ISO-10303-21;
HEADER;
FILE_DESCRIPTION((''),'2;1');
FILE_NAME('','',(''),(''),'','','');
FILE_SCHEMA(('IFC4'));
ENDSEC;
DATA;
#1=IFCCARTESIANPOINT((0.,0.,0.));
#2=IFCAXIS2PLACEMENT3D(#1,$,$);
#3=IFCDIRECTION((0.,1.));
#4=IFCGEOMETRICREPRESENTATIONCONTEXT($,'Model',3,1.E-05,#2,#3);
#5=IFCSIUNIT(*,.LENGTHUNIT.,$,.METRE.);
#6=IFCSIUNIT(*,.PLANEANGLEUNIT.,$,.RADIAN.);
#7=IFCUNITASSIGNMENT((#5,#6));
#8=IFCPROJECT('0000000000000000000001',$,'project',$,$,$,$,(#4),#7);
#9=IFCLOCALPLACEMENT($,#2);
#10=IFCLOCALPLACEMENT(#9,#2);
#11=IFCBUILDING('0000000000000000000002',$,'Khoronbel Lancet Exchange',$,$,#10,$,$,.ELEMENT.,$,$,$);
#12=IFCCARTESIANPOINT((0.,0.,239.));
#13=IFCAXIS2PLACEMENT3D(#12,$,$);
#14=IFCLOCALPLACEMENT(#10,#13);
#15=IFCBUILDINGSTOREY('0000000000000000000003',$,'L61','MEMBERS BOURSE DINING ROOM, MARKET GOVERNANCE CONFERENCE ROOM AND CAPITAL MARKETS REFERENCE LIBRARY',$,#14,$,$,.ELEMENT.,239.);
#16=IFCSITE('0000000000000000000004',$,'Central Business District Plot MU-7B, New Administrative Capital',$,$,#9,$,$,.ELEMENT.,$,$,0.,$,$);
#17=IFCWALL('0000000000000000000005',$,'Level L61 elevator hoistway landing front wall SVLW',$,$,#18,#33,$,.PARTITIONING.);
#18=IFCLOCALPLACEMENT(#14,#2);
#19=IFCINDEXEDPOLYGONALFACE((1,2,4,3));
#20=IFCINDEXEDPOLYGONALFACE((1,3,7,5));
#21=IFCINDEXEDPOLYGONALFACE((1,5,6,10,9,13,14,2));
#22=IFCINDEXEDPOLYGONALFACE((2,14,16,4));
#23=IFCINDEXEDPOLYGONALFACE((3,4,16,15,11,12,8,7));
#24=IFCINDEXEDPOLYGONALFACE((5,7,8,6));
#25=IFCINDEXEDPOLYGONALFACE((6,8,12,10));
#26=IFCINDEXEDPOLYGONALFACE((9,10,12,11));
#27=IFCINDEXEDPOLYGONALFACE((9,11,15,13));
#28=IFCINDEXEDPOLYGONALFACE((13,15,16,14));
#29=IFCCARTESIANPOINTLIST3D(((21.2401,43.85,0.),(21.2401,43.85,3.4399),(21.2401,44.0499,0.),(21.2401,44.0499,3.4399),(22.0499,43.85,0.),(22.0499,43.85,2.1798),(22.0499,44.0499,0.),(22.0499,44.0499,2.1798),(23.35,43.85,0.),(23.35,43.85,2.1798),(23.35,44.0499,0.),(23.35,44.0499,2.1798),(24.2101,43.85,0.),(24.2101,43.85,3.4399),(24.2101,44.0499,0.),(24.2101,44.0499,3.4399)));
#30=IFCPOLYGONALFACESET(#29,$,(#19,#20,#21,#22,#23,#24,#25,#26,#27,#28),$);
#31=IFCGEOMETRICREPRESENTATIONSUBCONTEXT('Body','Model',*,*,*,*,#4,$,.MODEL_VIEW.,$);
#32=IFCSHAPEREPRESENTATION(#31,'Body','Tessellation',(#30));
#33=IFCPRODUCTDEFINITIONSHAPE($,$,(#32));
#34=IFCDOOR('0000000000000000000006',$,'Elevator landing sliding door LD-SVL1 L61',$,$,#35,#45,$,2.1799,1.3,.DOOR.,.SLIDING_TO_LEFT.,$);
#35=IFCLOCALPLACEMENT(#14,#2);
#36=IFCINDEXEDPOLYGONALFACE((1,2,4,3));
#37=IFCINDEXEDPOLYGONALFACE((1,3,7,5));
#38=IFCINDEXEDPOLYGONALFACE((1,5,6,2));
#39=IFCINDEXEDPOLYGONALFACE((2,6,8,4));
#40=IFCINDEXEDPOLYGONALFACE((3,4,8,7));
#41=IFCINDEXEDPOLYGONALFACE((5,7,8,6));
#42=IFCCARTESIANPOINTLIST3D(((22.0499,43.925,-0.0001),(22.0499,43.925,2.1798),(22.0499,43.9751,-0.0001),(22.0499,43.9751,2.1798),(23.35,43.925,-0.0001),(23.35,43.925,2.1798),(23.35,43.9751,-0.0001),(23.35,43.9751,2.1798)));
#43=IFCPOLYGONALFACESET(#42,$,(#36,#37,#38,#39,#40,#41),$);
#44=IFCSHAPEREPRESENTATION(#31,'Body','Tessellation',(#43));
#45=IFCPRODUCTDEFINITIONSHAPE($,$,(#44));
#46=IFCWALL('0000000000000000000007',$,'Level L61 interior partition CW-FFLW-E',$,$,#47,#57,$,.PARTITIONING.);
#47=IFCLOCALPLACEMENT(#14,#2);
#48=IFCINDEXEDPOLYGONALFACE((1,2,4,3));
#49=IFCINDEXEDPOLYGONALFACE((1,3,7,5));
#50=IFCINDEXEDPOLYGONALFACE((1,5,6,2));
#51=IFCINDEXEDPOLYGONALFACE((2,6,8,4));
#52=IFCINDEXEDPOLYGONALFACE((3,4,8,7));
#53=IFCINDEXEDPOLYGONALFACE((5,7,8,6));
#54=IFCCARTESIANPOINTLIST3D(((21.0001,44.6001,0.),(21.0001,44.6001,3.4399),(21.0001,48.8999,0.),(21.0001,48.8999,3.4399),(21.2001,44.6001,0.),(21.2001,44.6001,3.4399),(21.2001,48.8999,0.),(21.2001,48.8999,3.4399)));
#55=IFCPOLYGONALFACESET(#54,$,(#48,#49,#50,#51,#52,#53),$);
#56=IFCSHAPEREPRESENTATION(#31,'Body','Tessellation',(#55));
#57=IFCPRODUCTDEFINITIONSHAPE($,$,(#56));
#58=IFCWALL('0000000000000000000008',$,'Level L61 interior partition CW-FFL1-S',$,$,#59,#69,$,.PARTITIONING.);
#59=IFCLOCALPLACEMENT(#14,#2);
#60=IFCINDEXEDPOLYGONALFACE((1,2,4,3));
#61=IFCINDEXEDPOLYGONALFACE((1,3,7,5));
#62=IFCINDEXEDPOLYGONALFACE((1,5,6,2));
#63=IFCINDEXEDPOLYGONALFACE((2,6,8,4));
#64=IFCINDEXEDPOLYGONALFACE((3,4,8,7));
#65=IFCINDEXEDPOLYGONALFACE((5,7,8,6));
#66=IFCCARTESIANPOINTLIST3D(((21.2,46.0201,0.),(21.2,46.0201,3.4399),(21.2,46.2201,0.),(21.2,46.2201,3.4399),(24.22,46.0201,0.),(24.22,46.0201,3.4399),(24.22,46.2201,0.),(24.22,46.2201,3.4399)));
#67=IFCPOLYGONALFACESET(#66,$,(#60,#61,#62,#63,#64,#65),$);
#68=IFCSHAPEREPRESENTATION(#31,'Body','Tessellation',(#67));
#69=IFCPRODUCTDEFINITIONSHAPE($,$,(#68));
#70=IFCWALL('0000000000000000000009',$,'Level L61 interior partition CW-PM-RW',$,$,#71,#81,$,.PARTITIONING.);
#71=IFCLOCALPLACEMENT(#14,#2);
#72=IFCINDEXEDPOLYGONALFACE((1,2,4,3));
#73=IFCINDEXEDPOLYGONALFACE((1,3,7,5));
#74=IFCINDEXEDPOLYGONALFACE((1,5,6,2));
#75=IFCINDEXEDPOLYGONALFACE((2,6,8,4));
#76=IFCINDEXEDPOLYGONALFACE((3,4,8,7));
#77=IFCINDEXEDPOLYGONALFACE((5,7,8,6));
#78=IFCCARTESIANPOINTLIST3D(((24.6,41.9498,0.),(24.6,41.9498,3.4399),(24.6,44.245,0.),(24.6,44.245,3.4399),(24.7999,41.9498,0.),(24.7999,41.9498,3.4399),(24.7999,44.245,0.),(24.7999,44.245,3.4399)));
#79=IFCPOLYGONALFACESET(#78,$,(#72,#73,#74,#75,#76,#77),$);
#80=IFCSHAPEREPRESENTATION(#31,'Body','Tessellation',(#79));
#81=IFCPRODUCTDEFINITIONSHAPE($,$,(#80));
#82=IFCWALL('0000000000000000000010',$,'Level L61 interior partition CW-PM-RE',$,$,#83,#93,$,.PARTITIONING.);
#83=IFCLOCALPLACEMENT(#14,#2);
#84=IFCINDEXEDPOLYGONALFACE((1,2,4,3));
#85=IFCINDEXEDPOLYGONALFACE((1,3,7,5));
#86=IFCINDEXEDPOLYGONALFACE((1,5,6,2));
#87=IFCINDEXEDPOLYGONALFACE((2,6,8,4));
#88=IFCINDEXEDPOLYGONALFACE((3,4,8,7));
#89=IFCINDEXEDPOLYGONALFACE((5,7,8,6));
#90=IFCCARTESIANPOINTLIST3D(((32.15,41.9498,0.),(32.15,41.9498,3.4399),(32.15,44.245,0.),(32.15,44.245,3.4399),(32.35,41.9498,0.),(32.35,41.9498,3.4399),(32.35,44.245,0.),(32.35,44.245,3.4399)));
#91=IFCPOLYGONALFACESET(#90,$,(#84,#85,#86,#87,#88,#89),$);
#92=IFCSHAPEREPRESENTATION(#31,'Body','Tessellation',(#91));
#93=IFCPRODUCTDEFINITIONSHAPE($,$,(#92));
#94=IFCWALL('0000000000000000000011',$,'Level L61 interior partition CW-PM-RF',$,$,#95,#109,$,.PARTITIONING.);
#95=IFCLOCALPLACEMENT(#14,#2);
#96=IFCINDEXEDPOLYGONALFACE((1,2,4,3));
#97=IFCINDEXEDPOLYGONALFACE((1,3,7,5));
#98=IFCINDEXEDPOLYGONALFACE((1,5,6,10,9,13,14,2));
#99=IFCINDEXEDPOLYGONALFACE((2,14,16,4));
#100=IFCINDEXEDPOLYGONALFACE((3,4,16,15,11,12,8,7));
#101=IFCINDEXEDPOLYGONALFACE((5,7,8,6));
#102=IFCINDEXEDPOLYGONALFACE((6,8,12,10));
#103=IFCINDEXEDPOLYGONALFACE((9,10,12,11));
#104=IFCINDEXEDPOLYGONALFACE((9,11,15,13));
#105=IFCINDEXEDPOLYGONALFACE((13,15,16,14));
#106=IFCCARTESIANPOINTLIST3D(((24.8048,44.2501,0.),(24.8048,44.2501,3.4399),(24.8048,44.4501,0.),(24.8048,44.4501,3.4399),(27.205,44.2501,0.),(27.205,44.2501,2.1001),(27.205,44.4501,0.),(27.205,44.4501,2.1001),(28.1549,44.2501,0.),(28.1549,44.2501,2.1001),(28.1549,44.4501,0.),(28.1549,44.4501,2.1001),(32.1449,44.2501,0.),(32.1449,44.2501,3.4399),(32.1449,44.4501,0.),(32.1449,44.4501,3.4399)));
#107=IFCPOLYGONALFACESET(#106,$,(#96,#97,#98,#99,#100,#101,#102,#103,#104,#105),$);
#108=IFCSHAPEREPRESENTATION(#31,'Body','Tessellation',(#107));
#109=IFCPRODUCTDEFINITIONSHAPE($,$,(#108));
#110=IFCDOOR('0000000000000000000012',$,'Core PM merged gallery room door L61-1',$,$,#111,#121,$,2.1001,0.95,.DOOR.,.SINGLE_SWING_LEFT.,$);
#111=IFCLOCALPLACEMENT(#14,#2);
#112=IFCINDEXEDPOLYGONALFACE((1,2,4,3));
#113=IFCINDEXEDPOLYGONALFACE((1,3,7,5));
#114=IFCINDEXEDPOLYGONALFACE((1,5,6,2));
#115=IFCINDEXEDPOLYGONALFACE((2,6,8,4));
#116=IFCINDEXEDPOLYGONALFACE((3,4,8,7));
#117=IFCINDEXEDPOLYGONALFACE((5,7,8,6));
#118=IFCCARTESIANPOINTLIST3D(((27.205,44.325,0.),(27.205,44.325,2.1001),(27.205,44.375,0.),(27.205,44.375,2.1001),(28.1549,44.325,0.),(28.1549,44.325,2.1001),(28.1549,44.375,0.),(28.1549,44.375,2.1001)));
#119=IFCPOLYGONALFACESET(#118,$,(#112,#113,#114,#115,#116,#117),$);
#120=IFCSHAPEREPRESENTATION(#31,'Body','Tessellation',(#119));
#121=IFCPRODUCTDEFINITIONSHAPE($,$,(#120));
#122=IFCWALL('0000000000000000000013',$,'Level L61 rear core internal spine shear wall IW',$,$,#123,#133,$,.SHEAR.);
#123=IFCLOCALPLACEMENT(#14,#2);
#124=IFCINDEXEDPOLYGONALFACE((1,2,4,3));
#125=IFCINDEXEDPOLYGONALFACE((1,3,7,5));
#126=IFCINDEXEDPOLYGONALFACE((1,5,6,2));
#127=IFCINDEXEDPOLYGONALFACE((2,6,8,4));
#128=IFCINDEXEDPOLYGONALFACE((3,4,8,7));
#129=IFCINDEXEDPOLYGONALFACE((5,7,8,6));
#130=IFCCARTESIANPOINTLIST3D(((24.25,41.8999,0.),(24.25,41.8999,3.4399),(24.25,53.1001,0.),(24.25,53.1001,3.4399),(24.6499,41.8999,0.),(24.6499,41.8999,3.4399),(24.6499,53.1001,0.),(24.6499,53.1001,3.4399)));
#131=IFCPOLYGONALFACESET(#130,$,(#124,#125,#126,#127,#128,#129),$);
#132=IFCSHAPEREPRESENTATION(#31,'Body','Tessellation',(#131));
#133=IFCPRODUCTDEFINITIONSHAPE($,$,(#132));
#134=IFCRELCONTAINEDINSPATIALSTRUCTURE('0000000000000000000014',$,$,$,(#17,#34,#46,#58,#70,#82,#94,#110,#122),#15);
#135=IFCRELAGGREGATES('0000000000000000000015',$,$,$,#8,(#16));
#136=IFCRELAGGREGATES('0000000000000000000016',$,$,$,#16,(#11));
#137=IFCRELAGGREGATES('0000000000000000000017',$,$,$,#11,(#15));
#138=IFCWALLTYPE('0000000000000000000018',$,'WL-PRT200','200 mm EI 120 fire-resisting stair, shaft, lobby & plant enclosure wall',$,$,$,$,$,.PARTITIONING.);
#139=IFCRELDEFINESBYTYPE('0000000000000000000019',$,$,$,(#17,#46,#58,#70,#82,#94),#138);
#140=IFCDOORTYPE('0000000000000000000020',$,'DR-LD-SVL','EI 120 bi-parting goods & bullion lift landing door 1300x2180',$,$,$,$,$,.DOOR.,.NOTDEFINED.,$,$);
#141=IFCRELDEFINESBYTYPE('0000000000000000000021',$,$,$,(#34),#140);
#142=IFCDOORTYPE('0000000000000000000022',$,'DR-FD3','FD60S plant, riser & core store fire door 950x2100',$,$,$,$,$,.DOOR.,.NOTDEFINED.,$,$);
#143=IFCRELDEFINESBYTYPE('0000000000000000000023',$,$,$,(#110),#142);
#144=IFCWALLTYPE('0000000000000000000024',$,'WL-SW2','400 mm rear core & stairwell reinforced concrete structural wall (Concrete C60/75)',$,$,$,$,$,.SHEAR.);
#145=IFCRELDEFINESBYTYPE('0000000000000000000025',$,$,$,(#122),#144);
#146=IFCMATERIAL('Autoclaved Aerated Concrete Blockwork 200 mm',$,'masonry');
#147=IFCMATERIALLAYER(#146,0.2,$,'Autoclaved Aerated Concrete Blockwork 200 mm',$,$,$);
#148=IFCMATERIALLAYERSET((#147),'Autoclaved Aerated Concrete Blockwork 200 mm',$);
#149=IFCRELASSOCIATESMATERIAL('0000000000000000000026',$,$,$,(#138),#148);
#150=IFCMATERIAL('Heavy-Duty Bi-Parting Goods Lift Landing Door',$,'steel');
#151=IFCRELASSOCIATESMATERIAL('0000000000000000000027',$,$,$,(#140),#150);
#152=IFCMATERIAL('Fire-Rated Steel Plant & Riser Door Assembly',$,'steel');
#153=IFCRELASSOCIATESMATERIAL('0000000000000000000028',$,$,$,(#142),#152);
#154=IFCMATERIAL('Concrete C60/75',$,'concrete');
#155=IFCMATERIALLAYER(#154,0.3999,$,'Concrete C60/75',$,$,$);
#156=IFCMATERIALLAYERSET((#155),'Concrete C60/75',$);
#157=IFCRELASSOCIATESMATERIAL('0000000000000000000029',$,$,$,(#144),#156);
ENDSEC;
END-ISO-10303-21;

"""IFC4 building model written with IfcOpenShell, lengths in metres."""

from ifc_helpers import new_model, si_unit, direction, frame, frame_2d, origin, place, context, subcontext, project, spatial, rectangle, extrude, material, layer, layer_set, type_object, element, fill, save


model = new_model("IFC4")

# Units and contexts
model_context = context("Model", 3, precision=1e-05, world=origin(), true_north=direction((0.0, 1.0)))
body_context = subcontext(model_context, "Body", "Model", "MODEL_VIEW")
ifc_project = project(units=[si_unit("LENGTHUNIT", "METRE"), si_unit("PLANEANGLEUNIT", "RADIAN")], contexts=[model_context])

# Site, building, storey
site_placement = place(None, origin())
site = spatial("IfcSite", under=ifc_project, at=site_placement, Name="Central Business District Plot MU-7B, New Administrative Capital", CompositionType="ELEMENT", RefElevation=0.0)
building_placement = place(site_placement, origin())
building = spatial("IfcBuilding", under=site, at=building_placement, Name="Khoronbel Lancet Exchange", CompositionType="ELEMENT")
storey_placement = place(building_placement, frame((0.0, 0.0, 239.0)))
storey = spatial("IfcBuildingStorey", under=building, at=storey_placement, Name="L61", Description="MEMBERS BOURSE DINING ROOM, MARKET GOVERNANCE CONFERENCE ROOM AND CAPITAL MARKETS REFERENCE LIBRARY", CompositionType="ELEMENT", Elevation=239.0)

# Shared definitions
ifc_material_1 = material(Name="Concrete C60/75", Category="concrete")

# Wall, opening, door
ifc_material_2 = material(Name="Autoclaved Aerated Concrete Blockwork 200 mm", Category="masonry")
ifc_layer_1 = layer(ifc_material_2, 0.2, Name="Autoclaved Aerated Concrete Blockwork 200 mm")
ifc_layer_set_1 = layer_set([ifc_layer_1], Name="Autoclaved Aerated Concrete Blockwork 200 mm")
wall_type_1 = type_object("IfcWallType", Name="WL-PRT200", Description="200 mm EI 120 fire-resisting stair, shaft, lobby & plant enclosure wall", PredefinedType="PARTITIONING", material=ifc_layer_set_1)
wall_1_placement = place(storey_placement, frame((24.21, 43.95, 0.0), z_axis=(0.0, 0.0, 1.0), x_axis=(-1.0, 0.0, 0.0)))
wall_1 = element("IfcWall", 1, at=wall_1_placement, inside=storey, type_object=wall_type_1, Name="Level L61 elevator hoistway landing front wall SVLW", PredefinedType="PARTITIONING", context=body_context, shape_type="SweptSolid", body=[
    extrude(rectangle(XDim=2.97, YDim=0.2, at=frame_2d((1.4849, 0.0))), origin(), (0.0, 0.0, 1.0), 3.4399),
])
opening_1_placement = place(wall_1_placement, frame((0.8601, 0.0, 0.0)))
opening_1 = element("IfcOpeningElement", 2, at=opening_1_placement, cuts=wall_1, PredefinedType="OPENING", context=body_context, shape_type="SweptSolid", body=[
    extrude(rectangle(XDim=1.3, YDim=2.1799, at=frame_2d((0.6499, 1.0898))), frame((0.0, 0.1099, 0.0), z_axis=(0.0, -1.0, 0.0), x_axis=(1.0, 0.0, 0.0)), (0.0, 0.0, 1.0), 0.22),
])
ifc_material_3 = material(Name="Heavy-Duty Bi-Parting Goods Lift Landing Door", Category="steel")
door_type_1 = type_object("IfcDoorType", Name="DR-LD-SVL", Description="EI 120 bi-parting goods & bullion lift landing door 1300x2180", OperationType="NOTDEFINED", PredefinedType="DOOR", material=ifc_material_3)
door_1_placement = place(opening_1_placement, origin())
door_1 = element("IfcDoor", 3, at=door_1_placement, inside=storey, type_object=door_type_1, Name="Elevator landing sliding door LD-SVL1 L61", OperationType="SLIDING_TO_LEFT", OverallHeight=2.1799, OverallWidth=1.3, PredefinedType="DOOR", context=body_context, shape_type="SweptSolid", body=[
    extrude(rectangle(XDim=1.3, YDim=2.1799, at=frame_2d((0.6499, 1.0898))), frame((0.0, 0.0249, 0.0), z_axis=(0.0, -1.0, 0.0), x_axis=(1.0, 0.0, 0.0)), (0.0, 0.0, 1.0), 0.05),
])
fill(opening_1, door_1)

# Walls
wall_2_placement = place(storey_placement, frame((21.1001, 44.6001, 0.0), z_axis=(0.0, 0.0, 1.0), x_axis=(0.0, 1.0, 0.0)))
element("IfcWall", 4, at=wall_2_placement, inside=storey, type_object=wall_type_1, Name="Level L61 interior partition CW-FFLW-E", PredefinedType="PARTITIONING", context=body_context, shape_type="SweptSolid", body=[
    extrude(rectangle(XDim=4.2998, YDim=0.2, at=frame_2d((2.1499, 0.0))), origin(), (0.0, 0.0, 1.0), 3.4399),
])
wall_3_placement = place(storey_placement, frame((21.2, 46.1201, 0.0), z_axis=(0.0, 0.0, 1.0), x_axis=(1.0, 0.0, 0.0)))
element("IfcWall", 5, at=wall_3_placement, inside=storey, type_object=wall_type_1, Name="Level L61 interior partition CW-FFL1-S", PredefinedType="PARTITIONING", context=body_context, shape_type="SweptSolid", body=[
    extrude(rectangle(XDim=3.02, YDim=0.2, at=frame_2d((1.51, 0.0))), origin(), (0.0, 0.0, 1.0), 3.4399),
])

# Walls
for number, where, z_axis, x_axis, name in (
    (6, (24.7, 41.95, 0.0), (0.0, 0.0, 1.0), (0.0, 1.0, 0.0), "Level L61 interior partition CW-PM-RW"),
    (7, (32.25, 41.95, 0.0), (0.0, 0.0, 1.0), (0.0, 1.0, 0.0), "Level L61 interior partition CW-PM-RE"),
):
    element("IfcWall", number, at=place(storey_placement, frame(where, z_axis=z_axis, x_axis=x_axis)), inside=storey, type_object=wall_type_1, Name=name, PredefinedType="PARTITIONING", context=body_context, shape_type="SweptSolid", body=[
        extrude(rectangle(XDim=2.2952, YDim=0.2, at=frame_2d((1.1475, 0.0))), origin(), (0.0, 0.0, 1.0), 3.4399),
    ])

# Wall, opening, door
wall_4_placement = place(storey_placement, frame((24.8049, 44.3501, 0.0), z_axis=(0.0, 0.0, 1.0), x_axis=(1.0, 0.0, 0.0)))
wall_4 = element("IfcWall", 8, at=wall_4_placement, inside=storey, type_object=wall_type_1, Name="Level L61 interior partition CW-PM-RF", PredefinedType="PARTITIONING", context=body_context, shape_type="SweptSolid", body=[
    extrude(rectangle(XDim=7.3401, YDim=0.2, at=frame_2d((3.6699, 0.0))), origin(), (0.0, 0.0, 1.0), 3.4399),
])
opening_2_placement = place(wall_4_placement, frame((2.3999, 0.0, 0.0)))
opening_2 = element("IfcOpeningElement", 9, at=opening_2_placement, cuts=wall_4, PredefinedType="OPENING", context=body_context, shape_type="SweptSolid", body=[
    extrude(rectangle(XDim=0.95, YDim=2.1001, at=frame_2d((0.4751, 1.05))), frame((0.0, 0.1099, 0.0), z_axis=(0.0, -1.0, 0.0), x_axis=(1.0, 0.0, 0.0)), (0.0, 0.0, 1.0), 0.22),
])
ifc_material_4 = material(Name="Fire-Rated Steel Plant & Riser Door Assembly", Category="steel")
door_type_2 = type_object("IfcDoorType", Name="DR-FD3", Description="FD60S plant, riser & core store fire door 950x2100", OperationType="NOTDEFINED", PredefinedType="DOOR", material=ifc_material_4)
door_2_placement = place(opening_2_placement, origin())
door_2 = element("IfcDoor", 10, at=door_2_placement, inside=storey, type_object=door_type_2, Name="Core PM merged gallery room door L61-1", OperationType="SINGLE_SWING_LEFT", OverallHeight=2.1001, OverallWidth=0.95, PredefinedType="DOOR", context=body_context, shape_type="SweptSolid", body=[
    extrude(rectangle(XDim=0.95, YDim=2.1001, at=frame_2d((0.4751, 1.05))), frame((0.0, 0.0249, 0.0), z_axis=(0.0, -1.0, 0.0), x_axis=(1.0, 0.0, 0.0)), (0.0, 0.0, 1.0), 0.05),
])
fill(opening_2, door_2)

# Wall
ifc_layer_2 = layer(ifc_material_1, 0.3999, Name="Concrete C60/75")
ifc_layer_set_2 = layer_set([ifc_layer_2], Name="Concrete C60/75")
wall_type_2 = type_object("IfcWallType", Name="WL-SW2", Description="400 mm rear core & stairwell reinforced concrete structural wall (Concrete C60/75)", PredefinedType="SHEAR", material=ifc_layer_set_2)
wall_5_placement = place(storey_placement, frame((24.45, 41.8999, 0.0), z_axis=(0.0, 0.0, 1.0), x_axis=(0.0, 1.0, 0.0)))
element("IfcWall", 11, at=wall_5_placement, inside=storey, type_object=wall_type_2, Name="Level L61 rear core internal spine shear wall IW", PredefinedType="SHEAR", context=body_context, shape_type="SweptSolid", body=[
    extrude(rectangle(XDim=11.2002, YDim=0.3999, at=frame_2d((5.6001, 0.0))), origin(), (0.0, 0.0, 1.0), 3.4399),
])

save(model, "model.ifc")
